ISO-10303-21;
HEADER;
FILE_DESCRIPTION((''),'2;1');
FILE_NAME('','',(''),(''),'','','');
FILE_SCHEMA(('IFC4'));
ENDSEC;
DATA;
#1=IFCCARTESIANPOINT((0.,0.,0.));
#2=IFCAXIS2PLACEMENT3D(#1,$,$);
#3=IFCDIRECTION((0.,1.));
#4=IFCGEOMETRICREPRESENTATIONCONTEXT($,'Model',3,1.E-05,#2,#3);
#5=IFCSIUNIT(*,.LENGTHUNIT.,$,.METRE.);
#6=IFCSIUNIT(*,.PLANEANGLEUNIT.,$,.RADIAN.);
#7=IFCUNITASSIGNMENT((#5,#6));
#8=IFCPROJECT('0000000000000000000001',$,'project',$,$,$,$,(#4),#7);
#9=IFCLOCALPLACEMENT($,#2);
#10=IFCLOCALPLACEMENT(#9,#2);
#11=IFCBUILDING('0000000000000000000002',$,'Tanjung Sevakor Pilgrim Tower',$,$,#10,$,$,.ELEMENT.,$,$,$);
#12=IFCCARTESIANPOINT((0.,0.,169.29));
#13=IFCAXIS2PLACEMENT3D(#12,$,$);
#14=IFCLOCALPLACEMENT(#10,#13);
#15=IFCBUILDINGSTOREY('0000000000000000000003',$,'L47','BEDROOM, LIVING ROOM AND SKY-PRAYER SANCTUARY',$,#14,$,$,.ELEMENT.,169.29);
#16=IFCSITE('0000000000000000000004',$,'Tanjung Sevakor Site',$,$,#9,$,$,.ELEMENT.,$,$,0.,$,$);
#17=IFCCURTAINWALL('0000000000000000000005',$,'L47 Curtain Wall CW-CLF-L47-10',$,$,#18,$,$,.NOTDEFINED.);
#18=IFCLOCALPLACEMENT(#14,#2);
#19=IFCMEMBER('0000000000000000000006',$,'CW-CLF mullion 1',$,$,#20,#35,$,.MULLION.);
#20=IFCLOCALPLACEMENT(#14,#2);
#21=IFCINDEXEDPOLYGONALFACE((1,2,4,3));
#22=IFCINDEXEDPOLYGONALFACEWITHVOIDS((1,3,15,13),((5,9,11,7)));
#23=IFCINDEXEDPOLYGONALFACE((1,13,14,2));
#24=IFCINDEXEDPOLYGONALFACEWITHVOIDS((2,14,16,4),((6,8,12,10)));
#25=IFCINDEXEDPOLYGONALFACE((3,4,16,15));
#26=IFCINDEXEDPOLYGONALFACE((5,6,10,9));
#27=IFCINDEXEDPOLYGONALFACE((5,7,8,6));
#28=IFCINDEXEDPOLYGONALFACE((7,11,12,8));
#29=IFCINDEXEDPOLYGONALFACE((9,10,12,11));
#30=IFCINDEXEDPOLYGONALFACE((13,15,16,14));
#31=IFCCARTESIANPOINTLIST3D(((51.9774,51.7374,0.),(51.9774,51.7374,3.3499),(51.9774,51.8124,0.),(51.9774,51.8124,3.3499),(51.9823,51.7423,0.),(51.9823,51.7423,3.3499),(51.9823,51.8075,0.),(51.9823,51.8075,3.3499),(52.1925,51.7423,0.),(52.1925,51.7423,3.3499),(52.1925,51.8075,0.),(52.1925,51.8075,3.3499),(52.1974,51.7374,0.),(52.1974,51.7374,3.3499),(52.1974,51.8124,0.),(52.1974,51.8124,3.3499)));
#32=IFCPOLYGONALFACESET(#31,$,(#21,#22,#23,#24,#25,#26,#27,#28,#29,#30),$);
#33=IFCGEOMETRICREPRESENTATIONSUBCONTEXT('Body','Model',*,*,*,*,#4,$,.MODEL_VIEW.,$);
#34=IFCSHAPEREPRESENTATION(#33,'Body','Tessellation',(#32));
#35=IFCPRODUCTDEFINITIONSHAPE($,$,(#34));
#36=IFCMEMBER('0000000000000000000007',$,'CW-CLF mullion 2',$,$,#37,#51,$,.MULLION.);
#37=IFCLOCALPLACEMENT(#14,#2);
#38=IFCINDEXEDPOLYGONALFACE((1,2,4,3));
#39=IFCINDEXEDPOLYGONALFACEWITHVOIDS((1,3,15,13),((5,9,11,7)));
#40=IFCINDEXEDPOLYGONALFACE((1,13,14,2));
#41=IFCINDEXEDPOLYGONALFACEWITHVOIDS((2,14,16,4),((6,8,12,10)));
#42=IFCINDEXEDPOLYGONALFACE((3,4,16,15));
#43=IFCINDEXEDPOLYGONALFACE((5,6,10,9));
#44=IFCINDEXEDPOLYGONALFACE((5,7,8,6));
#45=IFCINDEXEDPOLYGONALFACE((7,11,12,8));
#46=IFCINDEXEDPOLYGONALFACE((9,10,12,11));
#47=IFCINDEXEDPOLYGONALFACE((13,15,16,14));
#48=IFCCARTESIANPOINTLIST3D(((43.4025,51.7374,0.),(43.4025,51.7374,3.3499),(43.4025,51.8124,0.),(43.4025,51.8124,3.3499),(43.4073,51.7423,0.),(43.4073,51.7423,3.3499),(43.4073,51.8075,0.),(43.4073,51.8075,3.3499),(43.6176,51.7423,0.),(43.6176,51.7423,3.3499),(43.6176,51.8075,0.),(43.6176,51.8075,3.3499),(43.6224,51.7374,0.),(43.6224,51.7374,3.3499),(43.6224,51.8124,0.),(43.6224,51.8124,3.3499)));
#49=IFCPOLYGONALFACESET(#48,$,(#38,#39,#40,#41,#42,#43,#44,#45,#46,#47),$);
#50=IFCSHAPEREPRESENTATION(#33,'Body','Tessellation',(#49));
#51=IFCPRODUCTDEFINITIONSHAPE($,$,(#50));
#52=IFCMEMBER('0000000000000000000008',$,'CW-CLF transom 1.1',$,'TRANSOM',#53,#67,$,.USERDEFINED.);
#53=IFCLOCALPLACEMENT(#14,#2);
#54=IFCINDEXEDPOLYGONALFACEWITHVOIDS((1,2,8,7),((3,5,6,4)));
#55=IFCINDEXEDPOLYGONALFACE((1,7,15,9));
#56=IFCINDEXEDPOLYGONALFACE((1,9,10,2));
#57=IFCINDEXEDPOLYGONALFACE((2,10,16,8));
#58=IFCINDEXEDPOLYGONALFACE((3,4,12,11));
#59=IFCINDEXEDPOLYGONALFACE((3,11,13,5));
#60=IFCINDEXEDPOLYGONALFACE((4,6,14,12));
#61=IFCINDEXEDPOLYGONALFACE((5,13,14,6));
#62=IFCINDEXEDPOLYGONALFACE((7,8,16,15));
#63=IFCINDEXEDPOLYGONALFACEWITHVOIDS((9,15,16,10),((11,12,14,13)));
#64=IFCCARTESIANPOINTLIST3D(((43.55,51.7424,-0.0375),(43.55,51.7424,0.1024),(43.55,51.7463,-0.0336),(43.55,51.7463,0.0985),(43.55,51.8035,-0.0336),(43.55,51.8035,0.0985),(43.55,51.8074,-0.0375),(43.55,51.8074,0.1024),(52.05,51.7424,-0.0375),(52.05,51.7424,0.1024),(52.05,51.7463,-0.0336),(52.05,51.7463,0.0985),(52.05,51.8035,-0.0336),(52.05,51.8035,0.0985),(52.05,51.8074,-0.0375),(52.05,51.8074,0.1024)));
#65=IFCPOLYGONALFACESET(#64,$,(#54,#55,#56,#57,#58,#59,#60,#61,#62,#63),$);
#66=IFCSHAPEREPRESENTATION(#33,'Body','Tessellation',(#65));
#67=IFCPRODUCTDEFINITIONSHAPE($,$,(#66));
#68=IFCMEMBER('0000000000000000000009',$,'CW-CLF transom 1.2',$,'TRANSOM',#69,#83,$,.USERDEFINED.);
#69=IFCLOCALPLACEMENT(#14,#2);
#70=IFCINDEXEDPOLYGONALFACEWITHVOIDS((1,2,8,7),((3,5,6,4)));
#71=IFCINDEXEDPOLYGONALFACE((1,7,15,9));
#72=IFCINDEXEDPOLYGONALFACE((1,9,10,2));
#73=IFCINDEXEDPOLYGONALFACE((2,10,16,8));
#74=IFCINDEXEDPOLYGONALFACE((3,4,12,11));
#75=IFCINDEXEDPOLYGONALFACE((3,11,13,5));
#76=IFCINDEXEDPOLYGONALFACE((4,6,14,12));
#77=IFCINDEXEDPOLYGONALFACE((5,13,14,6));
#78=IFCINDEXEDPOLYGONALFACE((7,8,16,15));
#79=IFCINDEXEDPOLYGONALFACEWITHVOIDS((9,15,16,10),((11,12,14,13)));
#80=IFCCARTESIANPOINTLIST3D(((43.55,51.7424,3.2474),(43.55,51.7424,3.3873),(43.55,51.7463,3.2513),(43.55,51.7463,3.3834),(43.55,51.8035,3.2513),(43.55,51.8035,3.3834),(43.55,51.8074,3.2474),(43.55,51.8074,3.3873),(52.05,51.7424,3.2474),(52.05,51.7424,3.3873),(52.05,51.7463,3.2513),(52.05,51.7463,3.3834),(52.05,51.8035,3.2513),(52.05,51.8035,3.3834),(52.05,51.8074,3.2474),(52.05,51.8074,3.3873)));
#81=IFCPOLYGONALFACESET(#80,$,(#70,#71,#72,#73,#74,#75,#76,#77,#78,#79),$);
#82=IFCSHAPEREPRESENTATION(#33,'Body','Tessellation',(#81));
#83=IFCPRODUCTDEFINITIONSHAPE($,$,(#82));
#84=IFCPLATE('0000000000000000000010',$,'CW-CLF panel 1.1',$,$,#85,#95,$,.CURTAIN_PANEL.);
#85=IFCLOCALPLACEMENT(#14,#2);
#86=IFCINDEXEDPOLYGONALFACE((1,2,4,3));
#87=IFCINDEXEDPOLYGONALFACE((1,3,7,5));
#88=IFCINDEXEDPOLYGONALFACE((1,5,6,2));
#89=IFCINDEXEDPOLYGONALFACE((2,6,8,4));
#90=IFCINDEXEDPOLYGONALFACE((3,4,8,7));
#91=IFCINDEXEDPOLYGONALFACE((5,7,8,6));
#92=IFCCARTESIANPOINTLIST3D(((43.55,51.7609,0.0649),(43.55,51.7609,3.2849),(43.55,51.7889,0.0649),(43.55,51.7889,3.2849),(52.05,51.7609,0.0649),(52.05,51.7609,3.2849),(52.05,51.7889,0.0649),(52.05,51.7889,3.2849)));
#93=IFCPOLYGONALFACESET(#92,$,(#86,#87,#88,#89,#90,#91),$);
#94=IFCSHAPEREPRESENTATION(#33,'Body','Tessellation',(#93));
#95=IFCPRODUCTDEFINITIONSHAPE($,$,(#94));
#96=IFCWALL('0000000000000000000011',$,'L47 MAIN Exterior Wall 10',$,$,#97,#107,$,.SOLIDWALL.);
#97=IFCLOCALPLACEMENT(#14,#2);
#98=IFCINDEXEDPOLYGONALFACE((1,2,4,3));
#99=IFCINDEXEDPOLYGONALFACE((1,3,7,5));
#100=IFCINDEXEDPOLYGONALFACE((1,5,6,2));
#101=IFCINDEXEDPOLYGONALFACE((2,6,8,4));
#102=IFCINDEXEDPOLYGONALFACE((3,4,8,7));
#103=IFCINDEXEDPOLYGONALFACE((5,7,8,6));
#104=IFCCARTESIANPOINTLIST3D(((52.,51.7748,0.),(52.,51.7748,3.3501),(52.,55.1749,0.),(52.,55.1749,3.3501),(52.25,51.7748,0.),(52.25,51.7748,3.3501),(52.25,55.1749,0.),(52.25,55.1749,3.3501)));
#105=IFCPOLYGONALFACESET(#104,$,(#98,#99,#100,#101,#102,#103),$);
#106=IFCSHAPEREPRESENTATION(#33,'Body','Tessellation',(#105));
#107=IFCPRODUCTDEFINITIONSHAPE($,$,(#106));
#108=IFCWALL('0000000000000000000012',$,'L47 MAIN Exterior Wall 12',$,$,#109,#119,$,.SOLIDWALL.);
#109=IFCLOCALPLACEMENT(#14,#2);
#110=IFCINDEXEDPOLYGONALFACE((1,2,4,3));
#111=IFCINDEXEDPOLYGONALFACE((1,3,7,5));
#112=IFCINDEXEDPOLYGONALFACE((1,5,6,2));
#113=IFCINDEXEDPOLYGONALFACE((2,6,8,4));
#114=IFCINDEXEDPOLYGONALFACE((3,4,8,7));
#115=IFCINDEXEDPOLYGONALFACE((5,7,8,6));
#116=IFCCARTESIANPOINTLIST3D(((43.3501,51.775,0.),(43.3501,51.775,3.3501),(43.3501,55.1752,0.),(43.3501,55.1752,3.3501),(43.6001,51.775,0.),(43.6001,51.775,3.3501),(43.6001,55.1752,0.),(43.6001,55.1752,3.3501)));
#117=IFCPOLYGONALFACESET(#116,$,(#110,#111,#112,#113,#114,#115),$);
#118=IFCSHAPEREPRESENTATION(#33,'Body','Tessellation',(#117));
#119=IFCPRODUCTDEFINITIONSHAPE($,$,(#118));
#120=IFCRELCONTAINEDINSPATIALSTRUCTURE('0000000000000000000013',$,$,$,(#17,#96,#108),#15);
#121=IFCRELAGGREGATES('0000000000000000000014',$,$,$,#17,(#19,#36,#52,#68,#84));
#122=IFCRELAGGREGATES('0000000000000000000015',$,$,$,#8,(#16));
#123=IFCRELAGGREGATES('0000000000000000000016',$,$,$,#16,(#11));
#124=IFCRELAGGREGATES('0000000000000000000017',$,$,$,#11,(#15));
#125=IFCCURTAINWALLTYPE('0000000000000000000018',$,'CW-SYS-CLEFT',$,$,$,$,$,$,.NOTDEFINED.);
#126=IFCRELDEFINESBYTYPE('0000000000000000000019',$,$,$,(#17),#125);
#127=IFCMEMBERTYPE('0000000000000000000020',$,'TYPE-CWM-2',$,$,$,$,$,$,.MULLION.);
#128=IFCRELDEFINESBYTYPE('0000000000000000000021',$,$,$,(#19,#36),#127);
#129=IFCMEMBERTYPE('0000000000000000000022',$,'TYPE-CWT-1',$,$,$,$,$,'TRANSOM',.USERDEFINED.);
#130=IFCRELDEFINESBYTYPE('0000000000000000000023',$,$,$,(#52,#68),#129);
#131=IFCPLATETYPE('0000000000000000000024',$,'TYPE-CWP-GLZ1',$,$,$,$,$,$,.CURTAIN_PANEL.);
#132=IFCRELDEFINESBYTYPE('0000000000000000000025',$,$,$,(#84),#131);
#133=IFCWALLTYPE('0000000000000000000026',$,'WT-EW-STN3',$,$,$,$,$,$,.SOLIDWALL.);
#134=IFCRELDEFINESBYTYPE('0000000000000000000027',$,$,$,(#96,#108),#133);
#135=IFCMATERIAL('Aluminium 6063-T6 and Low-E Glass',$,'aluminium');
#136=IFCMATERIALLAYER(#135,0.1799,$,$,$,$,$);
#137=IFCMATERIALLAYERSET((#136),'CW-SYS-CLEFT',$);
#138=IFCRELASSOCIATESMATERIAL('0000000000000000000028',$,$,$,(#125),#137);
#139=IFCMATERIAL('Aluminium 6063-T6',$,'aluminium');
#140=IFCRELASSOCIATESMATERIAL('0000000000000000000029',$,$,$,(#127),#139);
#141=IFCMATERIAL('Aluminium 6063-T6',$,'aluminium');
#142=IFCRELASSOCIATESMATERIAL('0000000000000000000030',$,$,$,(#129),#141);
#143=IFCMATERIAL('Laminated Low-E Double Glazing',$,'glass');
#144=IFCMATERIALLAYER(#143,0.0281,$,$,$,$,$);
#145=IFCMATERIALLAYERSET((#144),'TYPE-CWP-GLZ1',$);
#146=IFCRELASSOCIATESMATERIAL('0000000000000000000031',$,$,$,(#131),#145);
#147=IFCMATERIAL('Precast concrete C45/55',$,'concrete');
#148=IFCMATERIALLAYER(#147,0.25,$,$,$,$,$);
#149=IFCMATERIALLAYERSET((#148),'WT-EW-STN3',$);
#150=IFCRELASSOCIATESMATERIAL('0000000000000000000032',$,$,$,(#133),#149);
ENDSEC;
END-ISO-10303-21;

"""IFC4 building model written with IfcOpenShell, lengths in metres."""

from ifc_helpers import new_model, si_unit, direction, frame, frame_2d, origin, origin_2d, place, context, subcontext, project, spatial, rectangle, hollow_rectangle, extrude, material, layer, layer_set, material_profile, profile_set, type_object, element, aggregate, save


model = new_model("IFC4")

# Units and contexts
model_context = context("Model", 3, precision=1e-05, world=origin(), true_north=direction((0.0, 1.0)))
body_context = subcontext(model_context, "Body", "Model", "MODEL_VIEW")
ifc_project = project(units=[si_unit("LENGTHUNIT", "METRE"), si_unit("PLANEANGLEUNIT", "RADIAN")], contexts=[model_context])

# Site, building, storey
site_placement = place(None, origin())
site = spatial("IfcSite", under=ifc_project, at=site_placement, Name="Tanjung Sevakor Site", CompositionType="ELEMENT", RefElevation=0.0)
building_placement = place(site_placement, origin())
building = spatial("IfcBuilding", under=site, at=building_placement, Name="Tanjung Sevakor Pilgrim Tower", CompositionType="ELEMENT")
storey_placement = place(building_placement, frame((0.0, 0.0, 169.29)))
storey = spatial("IfcBuildingStorey", under=building, at=storey_placement, Name="L47", Description="BEDROOM, LIVING ROOM AND SKY-PRAYER SANCTUARY", CompositionType="ELEMENT", Elevation=169.29)

# Curtain wall, members, plate
ifc_material_1 = material(Name="Aluminium 6063-T6 and Low-E Glass", Category="aluminium")
ifc_layer_1 = layer(ifc_material_1, 0.1799)
ifc_layer_set_1 = layer_set([ifc_layer_1], Name="CW-SYS-CLEFT")
curtain_wall_type = type_object("IfcCurtainWallType", Name="CW-SYS-CLEFT", PredefinedType="NOTDEFINED", material=ifc_layer_set_1)
curtain_wall_placement = place(storey_placement, origin())
curtain_wall = element("IfcCurtainWall", 1, at=curtain_wall_placement, inside=storey, type_object=curtain_wall_type, Name="L47 Curtain Wall CW-CLF-L47-10", PredefinedType="NOTDEFINED")
ifc_material_2 = material(Name="Aluminium 6063-T6", Category="aluminium")
ifc_material_profile_1 = material_profile(ifc_material_2, hollow_rectangle(XDim=0.075, YDim=0.22, WallThickness=0.0049, at=origin_2d()))
ifc_profile_set_1 = profile_set([ifc_material_profile_1], Name="Aluminium 6063-T6")
member_type_1 = type_object("IfcMemberType", Name="TYPE-CWM-2", PredefinedType="MULLION", material=ifc_profile_set_1)
member_1_placement = place(storey_placement, frame((52.0874, 51.7749, 0.0), z_axis=(0.0, 0.0, 1.0), x_axis=(0.0, -1.0, 0.0)))
member_1 = element("IfcMember", 2, at=member_1_placement, type_object=member_type_1, Name="CW-CLF mullion 1", PredefinedType="MULLION", context=body_context, shape_type="SweptSolid", body=[
    extrude(hollow_rectangle(XDim=0.075, YDim=0.22, WallThickness=0.0049, at=origin_2d()), origin(), (0.0, 0.0, 1.0), 3.3499),
])
member_2_placement = place(storey_placement, frame((43.5125, 51.7749, 0.0), z_axis=(0.0, 0.0, 1.0), x_axis=(0.0, -1.0, 0.0)))
member_2 = element("IfcMember", 3, at=member_2_placement, type_object=member_type_1, Name="CW-CLF mullion 2", PredefinedType="MULLION", context=body_context, shape_type="SweptSolid", body=[
    extrude(hollow_rectangle(XDim=0.075, YDim=0.22, WallThickness=0.0049, at=origin_2d()), origin(), (0.0, 0.0, 1.0), 3.3499),
])
ifc_material_3 = material(Name="Aluminium 6063-T6", Category="aluminium")
ifc_material_profile_2 = material_profile(ifc_material_3, hollow_rectangle(XDim=0.0649, YDim=0.1399, WallThickness=0.0039, at=origin_2d()))
ifc_profile_set_2 = profile_set([ifc_material_profile_2], Name="Aluminium 6063-T6")
member_type_2 = type_object("IfcMemberType", Name="TYPE-CWT-1", ElementType="TRANSOM", PredefinedType="USERDEFINED", material=ifc_profile_set_2)
member_3_placement = place(storey_placement, frame((52.05, 51.7749, 0.0325), z_axis=(-1.0, 0.0, 0.0), x_axis=(0.0, -1.0, 0.0)))
member_3 = element("IfcMember", 4, at=member_3_placement, type_object=member_type_2, Name="CW-CLF transom 1.1", ObjectType="TRANSOM", PredefinedType="USERDEFINED", context=body_context, shape_type="SweptSolid", body=[
    extrude(hollow_rectangle(XDim=0.0649, YDim=0.1399, WallThickness=0.0039, at=origin_2d()), origin(), (0.0, 0.0, 1.0), 8.5),
])
member_4_placement = place(storey_placement, frame((52.05, 51.7749, 3.3174), z_axis=(-1.0, 0.0, 0.0), x_axis=(0.0, -1.0, 0.0)))
member_4 = element("IfcMember", 5, at=member_4_placement, type_object=member_type_2, Name="CW-CLF transom 1.2", ObjectType="TRANSOM", PredefinedType="USERDEFINED", context=body_context, shape_type="SweptSolid", body=[
    extrude(hollow_rectangle(XDim=0.0649, YDim=0.1399, WallThickness=0.0039, at=origin_2d()), origin(), (0.0, 0.0, 1.0), 8.5),
])
ifc_material_4 = material(Name="Laminated Low-E Double Glazing", Category="glass")
ifc_layer_2 = layer(ifc_material_4, 0.0281)
ifc_layer_set_2 = layer_set([ifc_layer_2], Name="TYPE-CWP-GLZ1")
plate_type = type_object("IfcPlateType", Name="TYPE-CWP-GLZ1", PredefinedType="CURTAIN_PANEL", material=ifc_layer_set_2)
plate_placement = place(storey_placement, frame((47.8, 51.7749, 0.0649), z_axis=(0.0, 0.0, 1.0), x_axis=(-1.0, 0.0, 0.0)))
plate = element("IfcPlate", 6, at=plate_placement, type_object=plate_type, Name="CW-CLF panel 1.1", PredefinedType="CURTAIN_PANEL", context=body_context, shape_type="SweptSolid", body=[
    extrude(rectangle(XDim=8.5, YDim=0.0281, at=origin_2d()), origin(), (0.0, 0.0, 1.0), 3.22),
])
aggregate(curtain_wall, [member_1, member_2, member_3, member_4, plate])

# Walls
ifc_material_5 = material(Name="Precast concrete C45/55", Category="concrete")
ifc_layer_3 = layer(ifc_material_5, 0.25)
ifc_layer_set_3 = layer_set([ifc_layer_3], Name="WT-EW-STN3")
wall_type_1 = type_object("IfcWallType", Name="WT-EW-STN3", PredefinedType="SOLIDWALL", material=ifc_layer_set_3)
for number, where, z_axis, x_axis, name in (
    (7, (52.125, 55.175, 0.0), (0.0, 0.0, 1.0), (0.0, -1.0, 0.0), "L47 MAIN Exterior Wall 10"),
    (8, (43.4751, 51.7749, 0.0), (0.0, 0.0, 1.0), (0.0, 1.0, 0.0), "L47 MAIN Exterior Wall 12"),
):
    element("IfcWall", number, at=place(storey_placement, frame(where, z_axis=z_axis, x_axis=x_axis)), inside=storey, type_object=wall_type_1, Name=name, PredefinedType="SOLIDWALL", context=body_context, shape_type="SweptSolid", body=[
        extrude(rectangle(XDim=3.4001, YDim=0.25, at=frame_2d((1.7002, 0.0))), origin(), (0.0, 0.0, 1.0), 3.3501),
    ])

save(model, "model.ifc")
